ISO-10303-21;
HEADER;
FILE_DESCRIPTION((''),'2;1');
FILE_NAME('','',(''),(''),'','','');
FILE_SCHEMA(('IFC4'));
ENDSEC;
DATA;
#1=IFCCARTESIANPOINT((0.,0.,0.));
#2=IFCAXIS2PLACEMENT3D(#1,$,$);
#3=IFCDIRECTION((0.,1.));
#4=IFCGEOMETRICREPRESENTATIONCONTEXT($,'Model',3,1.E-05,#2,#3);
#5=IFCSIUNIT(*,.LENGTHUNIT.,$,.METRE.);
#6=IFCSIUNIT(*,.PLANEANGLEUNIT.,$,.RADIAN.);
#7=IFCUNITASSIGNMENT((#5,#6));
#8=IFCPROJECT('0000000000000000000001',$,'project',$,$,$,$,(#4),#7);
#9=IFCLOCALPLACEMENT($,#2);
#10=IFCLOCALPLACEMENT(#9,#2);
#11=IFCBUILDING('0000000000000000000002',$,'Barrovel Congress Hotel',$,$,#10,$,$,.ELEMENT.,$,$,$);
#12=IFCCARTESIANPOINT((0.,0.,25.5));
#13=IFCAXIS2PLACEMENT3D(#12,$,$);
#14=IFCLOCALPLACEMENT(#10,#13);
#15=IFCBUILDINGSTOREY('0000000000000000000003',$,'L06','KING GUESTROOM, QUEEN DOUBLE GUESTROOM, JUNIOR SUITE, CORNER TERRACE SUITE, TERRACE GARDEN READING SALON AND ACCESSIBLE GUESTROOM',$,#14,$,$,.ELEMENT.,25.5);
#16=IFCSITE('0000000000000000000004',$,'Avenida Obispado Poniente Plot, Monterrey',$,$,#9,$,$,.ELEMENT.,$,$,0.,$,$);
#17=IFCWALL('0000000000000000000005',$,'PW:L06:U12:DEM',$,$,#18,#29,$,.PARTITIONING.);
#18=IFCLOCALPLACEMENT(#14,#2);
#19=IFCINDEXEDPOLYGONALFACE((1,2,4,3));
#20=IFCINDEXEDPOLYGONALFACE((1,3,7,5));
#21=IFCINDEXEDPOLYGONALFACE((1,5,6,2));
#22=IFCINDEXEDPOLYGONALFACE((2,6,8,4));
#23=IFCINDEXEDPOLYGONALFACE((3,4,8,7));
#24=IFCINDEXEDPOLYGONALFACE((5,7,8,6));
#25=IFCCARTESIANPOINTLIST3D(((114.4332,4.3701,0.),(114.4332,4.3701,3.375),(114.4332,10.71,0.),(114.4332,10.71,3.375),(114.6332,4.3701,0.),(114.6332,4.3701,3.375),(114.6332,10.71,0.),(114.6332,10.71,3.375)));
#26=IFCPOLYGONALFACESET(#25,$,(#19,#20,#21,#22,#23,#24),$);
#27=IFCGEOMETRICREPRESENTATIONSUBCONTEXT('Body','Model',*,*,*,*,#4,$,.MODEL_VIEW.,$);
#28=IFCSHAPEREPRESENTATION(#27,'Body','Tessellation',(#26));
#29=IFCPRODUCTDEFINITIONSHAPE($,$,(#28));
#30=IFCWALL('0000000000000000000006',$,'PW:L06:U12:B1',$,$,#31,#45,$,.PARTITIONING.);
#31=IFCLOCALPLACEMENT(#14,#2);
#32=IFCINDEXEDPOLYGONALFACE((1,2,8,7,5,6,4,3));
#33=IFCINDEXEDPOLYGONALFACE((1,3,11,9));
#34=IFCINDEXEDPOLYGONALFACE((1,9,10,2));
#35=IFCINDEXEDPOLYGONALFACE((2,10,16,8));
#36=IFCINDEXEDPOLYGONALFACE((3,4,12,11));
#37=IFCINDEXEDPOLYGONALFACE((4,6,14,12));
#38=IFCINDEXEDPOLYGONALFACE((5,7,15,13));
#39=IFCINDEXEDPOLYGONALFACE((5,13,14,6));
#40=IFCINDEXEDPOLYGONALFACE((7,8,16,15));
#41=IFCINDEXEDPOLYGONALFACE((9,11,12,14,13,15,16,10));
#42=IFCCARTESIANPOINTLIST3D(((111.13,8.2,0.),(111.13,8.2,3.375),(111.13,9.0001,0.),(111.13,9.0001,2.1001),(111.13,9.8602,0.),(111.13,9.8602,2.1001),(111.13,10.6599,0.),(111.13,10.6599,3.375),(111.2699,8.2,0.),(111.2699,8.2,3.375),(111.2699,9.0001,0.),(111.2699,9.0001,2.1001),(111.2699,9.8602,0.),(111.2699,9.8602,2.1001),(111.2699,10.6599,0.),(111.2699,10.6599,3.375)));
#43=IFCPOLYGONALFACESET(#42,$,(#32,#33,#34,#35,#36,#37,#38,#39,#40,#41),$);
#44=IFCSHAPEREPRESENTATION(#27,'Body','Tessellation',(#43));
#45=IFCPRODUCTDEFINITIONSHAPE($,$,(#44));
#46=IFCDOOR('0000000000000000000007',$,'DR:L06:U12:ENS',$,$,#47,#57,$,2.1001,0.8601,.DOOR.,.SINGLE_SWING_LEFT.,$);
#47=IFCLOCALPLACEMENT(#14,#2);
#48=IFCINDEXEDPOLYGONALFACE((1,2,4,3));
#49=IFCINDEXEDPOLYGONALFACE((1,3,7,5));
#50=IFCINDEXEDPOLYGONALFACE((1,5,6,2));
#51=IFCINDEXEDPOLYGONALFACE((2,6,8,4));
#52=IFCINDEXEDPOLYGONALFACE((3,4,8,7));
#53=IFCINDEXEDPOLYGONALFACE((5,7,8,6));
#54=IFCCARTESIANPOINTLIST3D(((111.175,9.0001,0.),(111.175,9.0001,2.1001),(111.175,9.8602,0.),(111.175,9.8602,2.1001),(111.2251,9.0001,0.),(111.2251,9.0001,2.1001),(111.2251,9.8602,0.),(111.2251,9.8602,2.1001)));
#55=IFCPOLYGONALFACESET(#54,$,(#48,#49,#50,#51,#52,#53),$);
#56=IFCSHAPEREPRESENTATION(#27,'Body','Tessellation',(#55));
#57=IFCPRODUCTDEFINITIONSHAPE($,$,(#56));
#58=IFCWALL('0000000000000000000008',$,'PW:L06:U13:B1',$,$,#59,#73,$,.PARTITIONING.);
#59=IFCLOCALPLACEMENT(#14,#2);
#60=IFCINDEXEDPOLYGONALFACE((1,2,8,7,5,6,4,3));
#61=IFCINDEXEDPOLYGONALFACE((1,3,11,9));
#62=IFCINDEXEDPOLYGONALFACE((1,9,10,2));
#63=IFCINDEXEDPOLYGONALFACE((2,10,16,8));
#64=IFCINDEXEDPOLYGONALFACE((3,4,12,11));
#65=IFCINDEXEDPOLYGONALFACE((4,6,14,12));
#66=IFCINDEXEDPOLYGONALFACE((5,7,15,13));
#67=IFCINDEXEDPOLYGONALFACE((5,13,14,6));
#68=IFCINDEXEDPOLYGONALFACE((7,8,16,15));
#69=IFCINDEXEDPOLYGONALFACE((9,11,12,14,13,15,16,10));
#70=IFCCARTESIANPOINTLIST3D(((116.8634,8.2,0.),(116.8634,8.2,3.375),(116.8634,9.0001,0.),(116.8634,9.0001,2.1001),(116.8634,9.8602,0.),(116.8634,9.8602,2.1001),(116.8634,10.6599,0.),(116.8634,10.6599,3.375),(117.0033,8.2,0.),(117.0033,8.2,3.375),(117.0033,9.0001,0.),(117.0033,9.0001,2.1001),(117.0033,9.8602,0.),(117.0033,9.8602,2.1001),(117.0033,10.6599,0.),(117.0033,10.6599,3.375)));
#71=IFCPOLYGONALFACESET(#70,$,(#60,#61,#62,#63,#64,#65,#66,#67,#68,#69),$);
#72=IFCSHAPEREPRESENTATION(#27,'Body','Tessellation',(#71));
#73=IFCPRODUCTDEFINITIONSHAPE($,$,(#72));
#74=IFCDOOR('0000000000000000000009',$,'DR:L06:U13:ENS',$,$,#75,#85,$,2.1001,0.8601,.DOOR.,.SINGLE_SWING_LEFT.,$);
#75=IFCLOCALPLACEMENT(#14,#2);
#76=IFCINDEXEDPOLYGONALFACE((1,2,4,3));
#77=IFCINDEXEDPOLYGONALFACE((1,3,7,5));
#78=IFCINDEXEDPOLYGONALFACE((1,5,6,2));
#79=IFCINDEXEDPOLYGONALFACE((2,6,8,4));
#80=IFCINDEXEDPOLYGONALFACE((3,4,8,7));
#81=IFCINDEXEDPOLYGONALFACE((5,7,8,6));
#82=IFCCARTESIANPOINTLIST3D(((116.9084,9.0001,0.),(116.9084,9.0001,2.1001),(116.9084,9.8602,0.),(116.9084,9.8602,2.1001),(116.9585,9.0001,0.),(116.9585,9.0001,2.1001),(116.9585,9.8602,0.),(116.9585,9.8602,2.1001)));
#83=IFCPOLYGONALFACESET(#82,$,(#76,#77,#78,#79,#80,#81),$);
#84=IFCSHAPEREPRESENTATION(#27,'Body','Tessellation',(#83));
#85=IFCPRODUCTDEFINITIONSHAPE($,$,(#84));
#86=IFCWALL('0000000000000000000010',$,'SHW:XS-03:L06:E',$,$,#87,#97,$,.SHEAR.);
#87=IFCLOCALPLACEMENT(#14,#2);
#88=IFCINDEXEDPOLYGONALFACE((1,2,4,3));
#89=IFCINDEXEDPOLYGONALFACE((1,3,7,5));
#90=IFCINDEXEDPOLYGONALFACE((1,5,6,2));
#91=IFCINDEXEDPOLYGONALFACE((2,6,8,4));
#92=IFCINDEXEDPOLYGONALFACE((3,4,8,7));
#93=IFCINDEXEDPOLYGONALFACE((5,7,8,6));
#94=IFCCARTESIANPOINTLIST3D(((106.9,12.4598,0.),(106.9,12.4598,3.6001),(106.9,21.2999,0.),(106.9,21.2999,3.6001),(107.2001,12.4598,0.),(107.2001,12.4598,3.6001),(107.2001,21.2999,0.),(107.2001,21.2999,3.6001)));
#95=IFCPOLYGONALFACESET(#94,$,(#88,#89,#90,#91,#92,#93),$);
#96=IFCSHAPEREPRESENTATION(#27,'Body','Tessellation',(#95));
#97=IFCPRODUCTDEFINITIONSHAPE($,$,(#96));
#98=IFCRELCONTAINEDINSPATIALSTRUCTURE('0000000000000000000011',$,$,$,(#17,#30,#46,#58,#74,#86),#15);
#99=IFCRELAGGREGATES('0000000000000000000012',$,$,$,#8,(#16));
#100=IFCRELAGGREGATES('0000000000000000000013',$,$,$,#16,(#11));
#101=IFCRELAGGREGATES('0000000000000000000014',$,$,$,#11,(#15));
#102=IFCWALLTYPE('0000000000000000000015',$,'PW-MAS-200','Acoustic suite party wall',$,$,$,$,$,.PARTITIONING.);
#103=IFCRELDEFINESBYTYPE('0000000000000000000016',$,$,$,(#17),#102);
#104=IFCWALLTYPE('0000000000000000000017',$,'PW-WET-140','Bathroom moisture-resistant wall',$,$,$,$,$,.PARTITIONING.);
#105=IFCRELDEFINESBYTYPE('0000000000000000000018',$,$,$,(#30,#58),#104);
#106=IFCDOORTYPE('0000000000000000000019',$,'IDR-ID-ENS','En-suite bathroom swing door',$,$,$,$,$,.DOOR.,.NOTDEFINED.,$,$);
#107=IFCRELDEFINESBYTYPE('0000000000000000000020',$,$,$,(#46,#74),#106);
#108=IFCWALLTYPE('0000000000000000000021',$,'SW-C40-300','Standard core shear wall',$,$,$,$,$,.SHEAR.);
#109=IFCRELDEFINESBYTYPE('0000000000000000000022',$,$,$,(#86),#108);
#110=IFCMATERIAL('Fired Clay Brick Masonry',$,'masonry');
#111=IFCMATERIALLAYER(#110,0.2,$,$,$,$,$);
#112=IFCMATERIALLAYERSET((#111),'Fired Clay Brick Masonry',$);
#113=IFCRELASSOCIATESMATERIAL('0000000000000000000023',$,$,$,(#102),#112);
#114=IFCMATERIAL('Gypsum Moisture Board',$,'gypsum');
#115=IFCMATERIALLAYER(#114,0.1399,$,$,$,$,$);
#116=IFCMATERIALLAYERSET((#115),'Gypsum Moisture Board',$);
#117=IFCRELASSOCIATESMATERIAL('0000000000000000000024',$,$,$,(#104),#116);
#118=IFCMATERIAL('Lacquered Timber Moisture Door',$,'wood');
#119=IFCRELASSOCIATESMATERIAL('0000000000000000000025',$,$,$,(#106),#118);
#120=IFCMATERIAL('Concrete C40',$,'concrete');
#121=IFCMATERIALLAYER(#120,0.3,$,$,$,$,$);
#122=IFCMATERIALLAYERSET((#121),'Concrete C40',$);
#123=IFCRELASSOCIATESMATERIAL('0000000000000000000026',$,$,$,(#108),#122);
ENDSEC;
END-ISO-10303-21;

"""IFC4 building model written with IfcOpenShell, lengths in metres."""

from ifc_helpers import new_model, si_unit, direction, frame, frame_2d, origin, place, context, subcontext, project, spatial, rectangle, extrude, material, layer, layer_set, type_object, element, fill, save


model = new_model("IFC4")

# Units and contexts
model_context = context("Model", 3, precision=1e-05, world=origin(), true_north=direction((0.0, 1.0)))
body_context = subcontext(model_context, "Body", "Model", "MODEL_VIEW")
ifc_project = project(units=[si_unit("LENGTHUNIT", "METRE"), si_unit("PLANEANGLEUNIT", "RADIAN")], contexts=[model_context])

# Site, building, storey
site_placement = place(None, origin())
site = spatial("IfcSite", under=ifc_project, at=site_placement, Name="Avenida Obispado Poniente Plot, Monterrey", CompositionType="ELEMENT", RefElevation=0.0)
building_placement = place(site_placement, origin())
building = spatial("IfcBuilding", under=site, at=building_placement, Name="Barrovel Congress Hotel", CompositionType="ELEMENT")
storey_placement = place(building_placement, frame((0.0, 0.0, 25.5)))
storey = spatial("IfcBuildingStorey", under=building, at=storey_placement, Name="L06", Description="KING GUESTROOM, QUEEN DOUBLE GUESTROOM, JUNIOR SUITE, CORNER TERRACE SUITE, TERRACE GARDEN READING SALON AND ACCESSIBLE GUESTROOM", CompositionType="ELEMENT", Elevation=25.5)

# Shared definitions
ifc_material_1 = material(Name="Concrete C40", Category="concrete")

# Shared definitions
ifc_material_2 = material(Name="Fired Clay Brick Masonry", Category="masonry")

# Wall
ifc_layer_1 = layer(ifc_material_2, 0.2)
ifc_layer_set_1 = layer_set([ifc_layer_1], Name="Fired Clay Brick Masonry")
wall_type_1 = type_object("IfcWallType", Name="PW-MAS-200", Description="Acoustic suite party wall", PredefinedType="PARTITIONING", material=ifc_layer_set_1)
wall_1_placement = place(storey_placement, frame((114.5332, 4.3701, 0.0), z_axis=(0.0, 0.0, 1.0), x_axis=(0.0, 1.0, 0.0)))
element("IfcWall", 1, at=wall_1_placement, inside=storey, type_object=wall_type_1, Name="PW:L06:U12:DEM", PredefinedType="PARTITIONING", context=body_context, shape_type="SweptSolid", body=[
    extrude(rectangle(XDim=6.3398, YDim=0.2, at=frame_2d((3.1699, 0.0))), origin(), (0.0, 0.0, 1.0), 3.375),
])

# Walls, openings, doors
ifc_material_3 = material(Name="Gypsum Moisture Board", Category="gypsum")
ifc_layer_2 = layer(ifc_material_3, 0.1399)
ifc_layer_set_2 = layer_set([ifc_layer_2], Name="Gypsum Moisture Board")
wall_type_2 = type_object("IfcWallType", Name="PW-WET-140", Description="Bathroom moisture-resistant wall", PredefinedType="PARTITIONING", material=ifc_layer_set_2)
wall_2_placement = place(storey_placement, frame((111.2, 8.2, 0.0), z_axis=(0.0, 0.0, 1.0), x_axis=(0.0, 1.0, 0.0)))
wall_2 = element("IfcWall", 2, at=wall_2_placement, inside=storey, type_object=wall_type_2, Name="PW:L06:U12:B1", PredefinedType="PARTITIONING", context=body_context, shape_type="SweptSolid", body=[
    extrude(rectangle(XDim=2.46, YDim=0.1399, at=frame_2d((1.23, 0.0))), origin(), (0.0, 0.0, 1.0), 3.375),
])
opening_1_placement = place(wall_2_placement, frame((0.8, 0.0, 0.0)))
opening_1 = element("IfcOpeningElement", 3, at=opening_1_placement, cuts=wall_2, PredefinedType="OPENING", context=body_context, shape_type="SweptSolid", body=[
    extrude(rectangle(XDim=0.8601, YDim=2.1001, at=frame_2d((0.4302, 1.05))), frame((0.0, 0.0801, 0.0), z_axis=(0.0, -1.0, 0.0), x_axis=(1.0, 0.0, 0.0)), (0.0, 0.0, 1.0), 0.1599),
])
ifc_material_4 = material(Name="Lacquered Timber Moisture Door", Category="wood")
door_type_1 = type_object("IfcDoorType", Name="IDR-ID-ENS", Description="En-suite bathroom swing door", OperationType="NOTDEFINED", PredefinedType="DOOR", material=ifc_material_4)
door_1_placement = place(opening_1_placement, origin())
door_1 = element("IfcDoor", 4, at=door_1_placement, inside=storey, type_object=door_type_1, Name="DR:L06:U12:ENS", OperationType="SINGLE_SWING_LEFT", OverallHeight=2.1001, OverallWidth=0.8601, PredefinedType="DOOR", context=body_context, shape_type="SweptSolid", body=[
    extrude(rectangle(XDim=0.8601, YDim=2.1001, at=frame_2d((0.4302, 1.05))), frame((0.0, 0.0249, 0.0), z_axis=(0.0, -1.0, 0.0), x_axis=(1.0, 0.0, 0.0)), (0.0, 0.0, 1.0), 0.05),
])
fill(opening_1, door_1)
wall_3_placement = place(storey_placement, frame((116.9333, 8.2, 0.0), z_axis=(0.0, 0.0, 1.0), x_axis=(0.0, 1.0, 0.0)))
wall_3 = element("IfcWall", 5, at=wall_3_placement, inside=storey, type_object=wall_type_2, Name="PW:L06:U13:B1", PredefinedType="PARTITIONING", context=body_context, shape_type="SweptSolid", body=[
    extrude(rectangle(XDim=2.46, YDim=0.1399, at=frame_2d((1.23, 0.0))), origin(), (0.0, 0.0, 1.0), 3.375),
])
opening_2_placement = place(wall_3_placement, frame((0.8, 0.0, 0.0)))
opening_2 = element("IfcOpeningElement", 6, at=opening_2_placement, cuts=wall_3, PredefinedType="OPENING", context=body_context, shape_type="SweptSolid", body=[
    extrude(rectangle(XDim=0.8601, YDim=2.1001, at=frame_2d((0.4302, 1.05))), frame((0.0, 0.0801, 0.0), z_axis=(0.0, -1.0, 0.0), x_axis=(1.0, 0.0, 0.0)), (0.0, 0.0, 1.0), 0.1599),
])
door_2_placement = place(opening_2_placement, origin())
door_2 = element("IfcDoor", 7, at=door_2_placement, inside=storey, type_object=door_type_1, Name="DR:L06:U13:ENS", OperationType="SINGLE_SWING_LEFT", OverallHeight=2.1001, OverallWidth=0.8601, PredefinedType="DOOR", context=body_context, shape_type="SweptSolid", body=[
    extrude(rectangle(XDim=0.8601, YDim=2.1001, at=frame_2d((0.4302, 1.05))), frame((0.0, 0.0249, 0.0), z_axis=(0.0, -1.0, 0.0), x_axis=(1.0, 0.0, 0.0)), (0.0, 0.0, 1.0), 0.05),
])
fill(opening_2, door_2)

# Wall
ifc_layer_3 = layer(ifc_material_1, 0.3)
ifc_layer_set_3 = layer_set([ifc_layer_3], Name="Concrete C40")
wall_type_3 = type_object("IfcWallType", Name="SW-C40-300", Description="Standard core shear wall", PredefinedType="SHEAR", material=ifc_layer_set_3)
wall_4_placement = place(storey_placement, frame((107.05, 12.46, 0.0), z_axis=(0.0, 0.0, 1.0), x_axis=(0.0, 1.0, 0.0)))
element("IfcWall", 8, at=wall_4_placement, inside=storey, type_object=wall_type_3, Name="SHW:XS-03:L06:E", PredefinedType="SHEAR", context=body_context, shape_type="SweptSolid", body=[
    extrude(rectangle(XDim=8.8401, YDim=0.3, at=frame_2d((4.4199, 0.0))), origin(), (0.0, 0.0, 1.0), 3.6001),
])

save(model, "model.ifc")
